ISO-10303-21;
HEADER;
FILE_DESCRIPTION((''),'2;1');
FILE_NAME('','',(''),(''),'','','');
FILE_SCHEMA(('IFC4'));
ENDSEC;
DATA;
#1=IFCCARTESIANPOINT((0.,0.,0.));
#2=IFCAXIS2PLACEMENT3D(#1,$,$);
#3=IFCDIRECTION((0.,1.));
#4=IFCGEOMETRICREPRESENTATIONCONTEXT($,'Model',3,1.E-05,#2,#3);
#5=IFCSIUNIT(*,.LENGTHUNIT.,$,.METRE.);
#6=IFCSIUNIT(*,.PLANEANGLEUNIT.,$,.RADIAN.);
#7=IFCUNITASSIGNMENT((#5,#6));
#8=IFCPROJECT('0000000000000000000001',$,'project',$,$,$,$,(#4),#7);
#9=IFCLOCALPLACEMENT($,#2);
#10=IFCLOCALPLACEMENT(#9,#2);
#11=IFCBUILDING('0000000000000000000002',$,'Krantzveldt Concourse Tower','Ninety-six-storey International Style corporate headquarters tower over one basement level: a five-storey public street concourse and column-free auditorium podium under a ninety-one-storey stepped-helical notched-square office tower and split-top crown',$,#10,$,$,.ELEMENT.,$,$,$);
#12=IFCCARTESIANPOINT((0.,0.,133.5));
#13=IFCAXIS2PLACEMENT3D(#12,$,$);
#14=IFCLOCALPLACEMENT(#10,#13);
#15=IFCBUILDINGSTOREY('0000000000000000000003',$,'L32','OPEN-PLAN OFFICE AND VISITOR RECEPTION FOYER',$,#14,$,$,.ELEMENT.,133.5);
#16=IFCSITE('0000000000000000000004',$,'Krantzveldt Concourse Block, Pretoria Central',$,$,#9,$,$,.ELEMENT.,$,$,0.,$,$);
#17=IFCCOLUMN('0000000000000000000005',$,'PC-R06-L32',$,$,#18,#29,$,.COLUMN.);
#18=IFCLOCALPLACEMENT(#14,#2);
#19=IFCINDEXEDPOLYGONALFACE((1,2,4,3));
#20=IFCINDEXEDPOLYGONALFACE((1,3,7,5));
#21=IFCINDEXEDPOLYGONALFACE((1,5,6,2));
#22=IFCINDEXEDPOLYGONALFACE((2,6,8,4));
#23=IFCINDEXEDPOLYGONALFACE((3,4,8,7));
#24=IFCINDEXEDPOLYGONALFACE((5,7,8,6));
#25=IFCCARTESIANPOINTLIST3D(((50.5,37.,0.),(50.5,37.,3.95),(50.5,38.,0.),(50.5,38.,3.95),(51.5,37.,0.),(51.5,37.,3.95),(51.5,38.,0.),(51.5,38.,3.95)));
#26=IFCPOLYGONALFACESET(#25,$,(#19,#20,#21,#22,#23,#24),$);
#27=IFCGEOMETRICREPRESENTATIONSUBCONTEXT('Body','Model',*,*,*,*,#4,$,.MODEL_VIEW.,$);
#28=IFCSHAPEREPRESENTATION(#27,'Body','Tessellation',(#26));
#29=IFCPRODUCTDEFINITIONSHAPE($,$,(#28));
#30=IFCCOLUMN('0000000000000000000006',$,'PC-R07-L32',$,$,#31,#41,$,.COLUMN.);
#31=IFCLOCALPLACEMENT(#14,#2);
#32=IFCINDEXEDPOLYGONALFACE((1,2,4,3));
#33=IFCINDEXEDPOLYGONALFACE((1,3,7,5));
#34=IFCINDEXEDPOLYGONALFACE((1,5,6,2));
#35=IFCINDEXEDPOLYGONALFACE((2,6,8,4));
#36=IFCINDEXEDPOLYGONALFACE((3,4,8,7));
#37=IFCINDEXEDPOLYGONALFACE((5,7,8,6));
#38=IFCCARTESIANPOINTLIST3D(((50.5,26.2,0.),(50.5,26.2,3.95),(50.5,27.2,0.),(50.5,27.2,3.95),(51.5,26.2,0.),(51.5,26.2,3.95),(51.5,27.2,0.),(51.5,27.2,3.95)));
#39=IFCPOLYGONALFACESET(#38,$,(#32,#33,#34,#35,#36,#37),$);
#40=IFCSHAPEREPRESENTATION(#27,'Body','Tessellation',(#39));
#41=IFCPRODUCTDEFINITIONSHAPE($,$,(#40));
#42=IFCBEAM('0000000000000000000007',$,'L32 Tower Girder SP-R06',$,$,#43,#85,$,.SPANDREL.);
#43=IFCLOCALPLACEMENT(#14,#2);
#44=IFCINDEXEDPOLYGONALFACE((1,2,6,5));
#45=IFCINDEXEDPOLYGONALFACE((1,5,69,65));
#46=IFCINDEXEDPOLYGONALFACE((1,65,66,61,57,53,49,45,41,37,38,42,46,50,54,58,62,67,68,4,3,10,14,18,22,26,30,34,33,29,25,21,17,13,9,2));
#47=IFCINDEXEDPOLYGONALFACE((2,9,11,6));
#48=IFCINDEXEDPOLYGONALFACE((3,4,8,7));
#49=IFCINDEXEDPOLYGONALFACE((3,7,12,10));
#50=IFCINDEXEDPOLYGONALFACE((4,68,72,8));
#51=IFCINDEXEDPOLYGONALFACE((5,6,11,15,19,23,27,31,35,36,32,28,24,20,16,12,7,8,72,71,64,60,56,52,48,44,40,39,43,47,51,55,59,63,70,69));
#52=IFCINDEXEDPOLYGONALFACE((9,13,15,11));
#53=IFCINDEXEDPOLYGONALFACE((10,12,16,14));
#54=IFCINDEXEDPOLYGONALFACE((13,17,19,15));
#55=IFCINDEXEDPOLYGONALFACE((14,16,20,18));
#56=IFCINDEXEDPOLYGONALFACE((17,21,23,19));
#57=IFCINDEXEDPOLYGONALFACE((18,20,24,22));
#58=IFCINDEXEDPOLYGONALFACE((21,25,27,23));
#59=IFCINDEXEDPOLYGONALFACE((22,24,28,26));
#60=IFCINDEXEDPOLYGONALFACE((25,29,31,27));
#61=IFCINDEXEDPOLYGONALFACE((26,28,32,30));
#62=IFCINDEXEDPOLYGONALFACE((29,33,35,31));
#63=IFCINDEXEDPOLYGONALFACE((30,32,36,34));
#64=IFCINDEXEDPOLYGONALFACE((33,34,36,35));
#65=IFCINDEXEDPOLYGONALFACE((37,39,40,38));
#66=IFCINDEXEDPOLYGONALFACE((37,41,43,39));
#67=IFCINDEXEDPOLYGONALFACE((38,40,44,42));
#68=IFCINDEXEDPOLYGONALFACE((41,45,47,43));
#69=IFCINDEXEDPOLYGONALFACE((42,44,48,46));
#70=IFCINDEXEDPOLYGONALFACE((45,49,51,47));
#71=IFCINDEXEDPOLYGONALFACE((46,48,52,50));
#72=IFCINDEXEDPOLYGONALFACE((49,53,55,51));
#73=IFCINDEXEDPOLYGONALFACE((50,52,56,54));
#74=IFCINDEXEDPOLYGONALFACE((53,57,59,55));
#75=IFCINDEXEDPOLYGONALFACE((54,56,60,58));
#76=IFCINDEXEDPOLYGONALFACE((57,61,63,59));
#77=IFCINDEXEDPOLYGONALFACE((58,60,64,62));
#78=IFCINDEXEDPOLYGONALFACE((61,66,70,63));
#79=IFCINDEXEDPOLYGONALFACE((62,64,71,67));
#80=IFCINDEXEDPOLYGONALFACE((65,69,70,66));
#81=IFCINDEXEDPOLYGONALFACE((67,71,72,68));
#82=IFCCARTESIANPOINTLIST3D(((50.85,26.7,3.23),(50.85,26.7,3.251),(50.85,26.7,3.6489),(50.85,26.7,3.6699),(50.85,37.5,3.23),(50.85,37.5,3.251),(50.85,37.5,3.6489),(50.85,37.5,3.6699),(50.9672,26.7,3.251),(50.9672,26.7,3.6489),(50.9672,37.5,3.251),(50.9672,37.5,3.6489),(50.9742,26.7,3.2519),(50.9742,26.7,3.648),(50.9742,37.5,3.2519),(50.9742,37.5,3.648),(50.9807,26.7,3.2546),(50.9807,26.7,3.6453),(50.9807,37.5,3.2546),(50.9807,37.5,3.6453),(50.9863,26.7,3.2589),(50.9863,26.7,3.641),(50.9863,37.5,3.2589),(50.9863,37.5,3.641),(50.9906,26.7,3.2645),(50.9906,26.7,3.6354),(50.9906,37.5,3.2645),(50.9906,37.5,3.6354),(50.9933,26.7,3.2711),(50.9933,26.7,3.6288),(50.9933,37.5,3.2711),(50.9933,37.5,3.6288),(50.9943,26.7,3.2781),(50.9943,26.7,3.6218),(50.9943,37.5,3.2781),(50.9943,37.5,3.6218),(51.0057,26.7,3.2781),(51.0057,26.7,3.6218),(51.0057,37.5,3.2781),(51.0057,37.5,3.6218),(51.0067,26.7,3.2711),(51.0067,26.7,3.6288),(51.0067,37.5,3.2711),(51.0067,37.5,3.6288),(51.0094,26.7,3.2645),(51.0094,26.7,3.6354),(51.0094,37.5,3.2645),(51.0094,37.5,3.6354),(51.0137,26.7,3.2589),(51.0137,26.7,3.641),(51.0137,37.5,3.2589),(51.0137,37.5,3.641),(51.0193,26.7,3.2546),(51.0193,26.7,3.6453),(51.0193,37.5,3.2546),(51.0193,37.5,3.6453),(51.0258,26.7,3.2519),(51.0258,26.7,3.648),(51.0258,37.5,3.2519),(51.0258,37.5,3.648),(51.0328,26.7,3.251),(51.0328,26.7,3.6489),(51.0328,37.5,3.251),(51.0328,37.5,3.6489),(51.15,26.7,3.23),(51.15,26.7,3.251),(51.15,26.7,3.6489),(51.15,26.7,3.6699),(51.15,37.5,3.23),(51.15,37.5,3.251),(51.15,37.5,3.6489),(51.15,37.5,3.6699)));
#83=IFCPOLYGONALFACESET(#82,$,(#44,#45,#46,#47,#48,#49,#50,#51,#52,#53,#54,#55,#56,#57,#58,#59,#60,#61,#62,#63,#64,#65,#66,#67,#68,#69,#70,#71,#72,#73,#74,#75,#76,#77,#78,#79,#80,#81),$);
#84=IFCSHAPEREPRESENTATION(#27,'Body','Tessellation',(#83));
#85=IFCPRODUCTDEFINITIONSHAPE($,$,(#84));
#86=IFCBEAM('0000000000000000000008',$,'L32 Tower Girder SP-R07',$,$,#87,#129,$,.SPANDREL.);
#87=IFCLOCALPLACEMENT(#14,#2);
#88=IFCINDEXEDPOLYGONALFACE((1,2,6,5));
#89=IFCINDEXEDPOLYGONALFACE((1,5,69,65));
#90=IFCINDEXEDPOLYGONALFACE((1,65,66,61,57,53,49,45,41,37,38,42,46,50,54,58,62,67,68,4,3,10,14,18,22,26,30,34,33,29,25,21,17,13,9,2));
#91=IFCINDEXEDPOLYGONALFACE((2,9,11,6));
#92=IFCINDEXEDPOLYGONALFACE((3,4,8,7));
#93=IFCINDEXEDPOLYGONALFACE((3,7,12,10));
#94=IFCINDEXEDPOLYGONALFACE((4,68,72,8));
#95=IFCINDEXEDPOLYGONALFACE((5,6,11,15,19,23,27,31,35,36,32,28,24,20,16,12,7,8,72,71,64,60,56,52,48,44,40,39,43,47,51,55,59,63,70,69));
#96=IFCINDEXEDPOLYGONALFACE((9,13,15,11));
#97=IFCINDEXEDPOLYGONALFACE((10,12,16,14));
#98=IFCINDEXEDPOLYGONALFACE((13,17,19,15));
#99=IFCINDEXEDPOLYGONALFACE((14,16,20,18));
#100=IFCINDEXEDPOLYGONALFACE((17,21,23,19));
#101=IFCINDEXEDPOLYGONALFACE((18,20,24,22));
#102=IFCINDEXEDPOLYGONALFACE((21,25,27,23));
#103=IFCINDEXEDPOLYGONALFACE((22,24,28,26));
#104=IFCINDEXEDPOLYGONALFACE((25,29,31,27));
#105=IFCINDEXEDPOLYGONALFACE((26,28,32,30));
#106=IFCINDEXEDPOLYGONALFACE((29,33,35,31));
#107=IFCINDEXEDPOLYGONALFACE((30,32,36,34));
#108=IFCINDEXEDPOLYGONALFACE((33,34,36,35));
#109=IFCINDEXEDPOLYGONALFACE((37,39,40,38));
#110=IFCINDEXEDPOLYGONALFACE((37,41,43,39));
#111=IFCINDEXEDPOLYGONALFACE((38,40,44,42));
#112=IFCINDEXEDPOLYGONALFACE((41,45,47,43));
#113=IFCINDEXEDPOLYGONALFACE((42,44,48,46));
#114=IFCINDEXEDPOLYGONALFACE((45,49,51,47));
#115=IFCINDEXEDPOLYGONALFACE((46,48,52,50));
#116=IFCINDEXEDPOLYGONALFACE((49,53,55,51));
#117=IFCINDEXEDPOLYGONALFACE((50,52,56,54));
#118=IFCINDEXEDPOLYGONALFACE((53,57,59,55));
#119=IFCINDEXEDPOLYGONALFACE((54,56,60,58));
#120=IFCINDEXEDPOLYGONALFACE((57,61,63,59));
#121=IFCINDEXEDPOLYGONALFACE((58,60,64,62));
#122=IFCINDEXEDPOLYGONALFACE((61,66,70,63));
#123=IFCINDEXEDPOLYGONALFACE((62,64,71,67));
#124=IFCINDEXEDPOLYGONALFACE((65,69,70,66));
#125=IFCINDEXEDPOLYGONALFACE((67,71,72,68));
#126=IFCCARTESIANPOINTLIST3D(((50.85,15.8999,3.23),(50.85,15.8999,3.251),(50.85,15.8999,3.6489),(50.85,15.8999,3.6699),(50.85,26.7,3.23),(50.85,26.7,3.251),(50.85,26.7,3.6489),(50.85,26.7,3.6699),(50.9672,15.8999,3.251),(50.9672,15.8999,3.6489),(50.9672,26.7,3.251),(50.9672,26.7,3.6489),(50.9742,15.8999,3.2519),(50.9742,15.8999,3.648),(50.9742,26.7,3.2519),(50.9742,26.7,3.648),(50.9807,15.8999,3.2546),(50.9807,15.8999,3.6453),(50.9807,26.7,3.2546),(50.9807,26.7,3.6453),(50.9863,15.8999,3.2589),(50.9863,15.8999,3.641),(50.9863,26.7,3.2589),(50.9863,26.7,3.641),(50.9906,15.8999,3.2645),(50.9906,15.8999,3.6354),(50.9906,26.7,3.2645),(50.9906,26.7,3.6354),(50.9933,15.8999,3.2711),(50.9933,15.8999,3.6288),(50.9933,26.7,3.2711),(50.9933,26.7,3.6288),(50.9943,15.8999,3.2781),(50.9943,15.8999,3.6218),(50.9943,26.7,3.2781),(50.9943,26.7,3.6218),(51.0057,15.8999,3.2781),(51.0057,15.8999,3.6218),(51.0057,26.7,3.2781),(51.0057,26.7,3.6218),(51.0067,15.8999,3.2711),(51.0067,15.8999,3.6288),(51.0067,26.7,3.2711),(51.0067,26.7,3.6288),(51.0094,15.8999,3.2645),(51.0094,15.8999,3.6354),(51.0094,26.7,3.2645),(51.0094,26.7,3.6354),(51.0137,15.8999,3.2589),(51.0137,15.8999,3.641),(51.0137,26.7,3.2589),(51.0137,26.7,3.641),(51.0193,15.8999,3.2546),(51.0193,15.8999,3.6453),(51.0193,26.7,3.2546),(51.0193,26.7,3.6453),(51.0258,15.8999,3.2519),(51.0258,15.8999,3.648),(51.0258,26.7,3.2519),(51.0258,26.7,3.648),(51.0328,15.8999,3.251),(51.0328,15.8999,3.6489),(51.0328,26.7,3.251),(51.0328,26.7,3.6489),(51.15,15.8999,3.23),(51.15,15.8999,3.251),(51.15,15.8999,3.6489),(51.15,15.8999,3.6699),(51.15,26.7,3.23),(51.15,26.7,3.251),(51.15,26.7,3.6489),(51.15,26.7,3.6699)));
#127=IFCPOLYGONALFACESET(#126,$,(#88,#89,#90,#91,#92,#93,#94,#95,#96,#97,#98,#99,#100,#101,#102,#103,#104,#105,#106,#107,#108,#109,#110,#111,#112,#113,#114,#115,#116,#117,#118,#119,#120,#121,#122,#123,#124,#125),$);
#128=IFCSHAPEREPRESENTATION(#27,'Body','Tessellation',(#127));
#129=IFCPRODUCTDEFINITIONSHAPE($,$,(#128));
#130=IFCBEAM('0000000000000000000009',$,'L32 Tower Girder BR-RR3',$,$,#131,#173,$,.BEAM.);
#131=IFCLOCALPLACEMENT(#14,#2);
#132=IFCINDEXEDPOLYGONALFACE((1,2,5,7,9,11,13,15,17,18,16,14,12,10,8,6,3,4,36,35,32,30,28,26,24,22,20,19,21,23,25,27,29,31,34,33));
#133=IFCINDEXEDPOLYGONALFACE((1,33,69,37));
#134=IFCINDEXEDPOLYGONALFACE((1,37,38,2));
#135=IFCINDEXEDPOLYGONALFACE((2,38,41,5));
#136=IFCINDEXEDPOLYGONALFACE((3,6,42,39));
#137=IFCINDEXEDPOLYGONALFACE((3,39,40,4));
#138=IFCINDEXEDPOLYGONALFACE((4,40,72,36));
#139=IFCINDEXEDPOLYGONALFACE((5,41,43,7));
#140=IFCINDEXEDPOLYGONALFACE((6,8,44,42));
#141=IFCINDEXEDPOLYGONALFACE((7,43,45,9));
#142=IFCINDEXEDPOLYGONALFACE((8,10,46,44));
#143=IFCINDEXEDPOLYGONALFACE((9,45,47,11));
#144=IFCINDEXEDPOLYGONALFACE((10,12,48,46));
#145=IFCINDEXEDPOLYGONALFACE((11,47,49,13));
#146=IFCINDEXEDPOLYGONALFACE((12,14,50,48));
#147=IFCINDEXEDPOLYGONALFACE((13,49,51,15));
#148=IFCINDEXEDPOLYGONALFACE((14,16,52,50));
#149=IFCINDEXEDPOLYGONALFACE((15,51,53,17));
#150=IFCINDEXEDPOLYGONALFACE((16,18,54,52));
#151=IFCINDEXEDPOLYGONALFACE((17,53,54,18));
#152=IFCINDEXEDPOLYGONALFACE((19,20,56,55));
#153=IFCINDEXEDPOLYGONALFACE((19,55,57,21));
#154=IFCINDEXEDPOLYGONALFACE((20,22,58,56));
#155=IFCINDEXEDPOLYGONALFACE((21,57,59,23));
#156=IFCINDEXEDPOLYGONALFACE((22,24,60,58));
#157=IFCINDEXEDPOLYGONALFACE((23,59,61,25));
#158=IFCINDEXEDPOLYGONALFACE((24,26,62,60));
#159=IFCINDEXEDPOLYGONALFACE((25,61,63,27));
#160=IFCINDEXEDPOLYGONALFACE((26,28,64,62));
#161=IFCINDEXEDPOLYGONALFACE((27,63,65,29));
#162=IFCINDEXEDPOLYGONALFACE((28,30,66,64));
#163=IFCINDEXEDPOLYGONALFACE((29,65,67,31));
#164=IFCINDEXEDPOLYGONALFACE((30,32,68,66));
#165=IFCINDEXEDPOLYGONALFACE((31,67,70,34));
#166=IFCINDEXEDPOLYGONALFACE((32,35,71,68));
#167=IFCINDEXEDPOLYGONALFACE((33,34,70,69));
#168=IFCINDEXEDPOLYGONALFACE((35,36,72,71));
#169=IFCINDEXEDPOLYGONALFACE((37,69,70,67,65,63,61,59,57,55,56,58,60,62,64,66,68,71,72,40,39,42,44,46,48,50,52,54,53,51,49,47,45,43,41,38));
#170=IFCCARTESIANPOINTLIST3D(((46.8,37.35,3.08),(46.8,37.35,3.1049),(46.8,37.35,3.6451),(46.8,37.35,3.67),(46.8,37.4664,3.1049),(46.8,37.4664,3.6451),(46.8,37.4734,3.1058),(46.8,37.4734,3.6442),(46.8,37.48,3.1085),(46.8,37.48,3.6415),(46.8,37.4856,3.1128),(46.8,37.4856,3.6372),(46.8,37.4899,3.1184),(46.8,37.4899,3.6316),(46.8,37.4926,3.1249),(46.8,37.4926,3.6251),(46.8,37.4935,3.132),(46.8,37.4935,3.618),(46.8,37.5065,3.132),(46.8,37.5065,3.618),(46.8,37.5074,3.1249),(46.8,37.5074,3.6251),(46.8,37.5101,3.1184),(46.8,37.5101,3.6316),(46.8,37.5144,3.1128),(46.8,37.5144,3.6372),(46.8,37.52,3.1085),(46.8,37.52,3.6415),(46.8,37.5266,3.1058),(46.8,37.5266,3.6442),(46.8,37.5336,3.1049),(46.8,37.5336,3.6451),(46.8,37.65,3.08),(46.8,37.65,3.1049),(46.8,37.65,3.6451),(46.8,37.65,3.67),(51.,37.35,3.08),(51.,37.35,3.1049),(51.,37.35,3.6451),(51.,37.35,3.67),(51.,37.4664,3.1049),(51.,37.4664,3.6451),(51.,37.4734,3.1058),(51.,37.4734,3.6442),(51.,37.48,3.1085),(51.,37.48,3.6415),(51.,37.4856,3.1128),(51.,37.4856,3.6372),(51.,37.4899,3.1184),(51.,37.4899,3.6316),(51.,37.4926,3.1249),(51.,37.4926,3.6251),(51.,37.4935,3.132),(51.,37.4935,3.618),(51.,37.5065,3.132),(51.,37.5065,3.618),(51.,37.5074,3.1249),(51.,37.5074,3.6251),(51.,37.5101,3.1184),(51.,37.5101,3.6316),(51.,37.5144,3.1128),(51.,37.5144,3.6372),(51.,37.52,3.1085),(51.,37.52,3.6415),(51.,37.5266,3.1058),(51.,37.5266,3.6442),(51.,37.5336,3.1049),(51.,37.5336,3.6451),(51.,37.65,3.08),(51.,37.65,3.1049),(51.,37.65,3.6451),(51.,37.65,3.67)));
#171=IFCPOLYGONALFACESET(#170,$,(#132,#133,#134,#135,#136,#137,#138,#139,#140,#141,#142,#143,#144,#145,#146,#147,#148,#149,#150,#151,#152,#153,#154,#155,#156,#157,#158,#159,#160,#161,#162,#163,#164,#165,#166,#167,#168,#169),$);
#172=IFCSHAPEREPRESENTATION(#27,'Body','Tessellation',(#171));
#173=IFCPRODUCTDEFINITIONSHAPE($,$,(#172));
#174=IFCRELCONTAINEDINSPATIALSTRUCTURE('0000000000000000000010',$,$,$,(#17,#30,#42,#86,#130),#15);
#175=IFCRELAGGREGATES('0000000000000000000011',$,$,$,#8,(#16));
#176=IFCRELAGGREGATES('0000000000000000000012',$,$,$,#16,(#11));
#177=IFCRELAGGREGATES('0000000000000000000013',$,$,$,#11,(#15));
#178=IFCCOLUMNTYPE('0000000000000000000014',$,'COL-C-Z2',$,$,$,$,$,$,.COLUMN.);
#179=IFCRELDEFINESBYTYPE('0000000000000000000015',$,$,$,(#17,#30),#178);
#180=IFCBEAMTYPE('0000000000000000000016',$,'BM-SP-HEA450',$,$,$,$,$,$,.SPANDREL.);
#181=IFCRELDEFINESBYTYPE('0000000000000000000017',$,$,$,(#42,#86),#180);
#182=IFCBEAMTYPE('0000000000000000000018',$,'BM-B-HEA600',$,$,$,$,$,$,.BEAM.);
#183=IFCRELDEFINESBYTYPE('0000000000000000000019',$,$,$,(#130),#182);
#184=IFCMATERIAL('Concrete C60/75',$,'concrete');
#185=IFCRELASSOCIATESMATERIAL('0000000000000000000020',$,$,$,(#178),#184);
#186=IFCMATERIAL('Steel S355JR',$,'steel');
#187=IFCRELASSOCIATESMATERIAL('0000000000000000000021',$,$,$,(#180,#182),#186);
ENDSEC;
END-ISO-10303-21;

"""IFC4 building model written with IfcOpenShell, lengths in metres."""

from ifc_helpers import new_model, si_unit, direction, frame, origin, origin_2d, place, context, subcontext, project, spatial, rectangle, i_section, extrude, source, transform, mapped, material, material_profile, profile_set, type_object, type_shapes, element, save


model = new_model("IFC4")

# Units and contexts
model_context = context("Model", 3, precision=1e-05, world=origin(), true_north=direction((0.0, 1.0)))
body_context = subcontext(model_context, "Body", "Model", "MODEL_VIEW")
ifc_project = project(units=[si_unit("LENGTHUNIT", "METRE"), si_unit("PLANEANGLEUNIT", "RADIAN")], contexts=[model_context])

# Site, building, storey
site_placement = place(None, origin())
site = spatial("IfcSite", under=ifc_project, at=site_placement, Name="Krantzveldt Concourse Block, Pretoria Central", CompositionType="ELEMENT", RefElevation=0.0)
building_placement = place(site_placement, origin())
building = spatial("IfcBuilding", under=site, at=building_placement, Name="Krantzveldt Concourse Tower", Description="Ninety-six-storey International Style corporate headquarters tower over one basement level: a five-storey public street concourse and column-free auditorium podium under a ninety-one-storey stepped-helical notched-square office tower and split-top crown", CompositionType="ELEMENT")
storey_placement = place(building_placement, frame((0.0, 0.0, 133.5)))
storey = spatial("IfcBuildingStorey", under=building, at=storey_placement, Name="L32", Description="OPEN-PLAN OFFICE AND VISITOR RECEPTION FOYER", CompositionType="ELEMENT", Elevation=133.5)

# Columns
ifc_material_1 = material(Name="Concrete C60/75", Category="concrete")
ifc_material_profile_1 = material_profile(ifc_material_1, rectangle(XDim=1.0, YDim=1.0, at=origin_2d()), Name="Concrete C60/75", Category="concrete")
ifc_profile_set_1 = profile_set([ifc_material_profile_1], Name="Concrete C60/75 - RC 1000x1000")
column_type = type_object("IfcColumnType", Name="COL-C-Z2", PredefinedType="COLUMN", material=ifc_profile_set_1)
shared_shape_1 = source(origin(), body_context, "Body", "SweptSolid", [
    extrude(rectangle(XDim=1.0, YDim=1.0, at=origin_2d()), origin(), (0.0, 0.0, 1.0), 3.95),
])
type_shapes(column_type, [shared_shape_1])
for number, where, z_axis, x_axis, name in (
    (1, (51.0, 37.5, 0.0), (0.0, 0.0, 1.0), (1.0, 0.0, 0.0), "PC-R06-L32"),
    (2, (51.0, 26.7, 0.0), (0.0, 0.0, 1.0), (1.0, 0.0, 0.0), "PC-R07-L32"),
):
    element("IfcColumn", number, at=place(storey_placement, frame(where, z_axis=z_axis, x_axis=x_axis)), inside=storey, type_object=column_type, Name=name, PredefinedType="COLUMN", context=body_context, shape_type="MappedRepresentation", body=[
        mapped(shared_shape_1, transform((0.0, 0.0, 0.0), x_axis=(1.0, 0.0, 0.0), y_axis=(0.0, 1.0, 0.0), z_axis=(0.0, 0.0, 1.0), scale=1.0)),
    ])

# Beams
ifc_material_2 = material(Name="Steel S355JR", Category="steel")
ifc_material_profile_2 = material_profile(ifc_material_2, i_section(OverallWidth=0.3, OverallDepth=0.4399, WebThickness=0.0115, FlangeThickness=0.021, FilletRadius=0.0271, at=origin_2d()), Name="Steel S355JR", Category="steel")
ifc_profile_set_2 = profile_set([ifc_material_profile_2], Name="Steel S355JR - HEA 450")
beam_type_1 = type_object("IfcBeamType", Name="BM-SP-HEA450", PredefinedType="SPANDREL", material=ifc_profile_set_2)
shared_shape_2 = source(origin(), body_context, "Body", "SweptSolid", [
    extrude(i_section(OverallWidth=0.3, OverallDepth=0.4399, WebThickness=0.0115, FlangeThickness=0.021, FilletRadius=0.0271, at=origin_2d()), origin(), (0.0, 0.0, 1.0), 10.8),
])
type_shapes(beam_type_1, [shared_shape_2])
for number, where, z_axis, x_axis, name in (
    (3, (51.0, 37.5, 3.45), (0.0, -1.0, 0.0), (1.0, 0.0, 0.0), "L32 Tower Girder SP-R06"),
    (4, (51.0, 26.7, 3.45), (0.0, -1.0, 0.0), (1.0, 0.0, 0.0), "L32 Tower Girder SP-R07"),
):
    element("IfcBeam", number, at=place(storey_placement, frame(where, z_axis=z_axis, x_axis=x_axis)), inside=storey, type_object=beam_type_1, Name=name, PredefinedType="SPANDREL", context=body_context, shape_type="MappedRepresentation", body=[
        mapped(shared_shape_2, transform((0.0, 0.0, 0.0), x_axis=(1.0, 0.0, 0.0), y_axis=(0.0, 1.0, 0.0), z_axis=(0.0, 0.0, 1.0), scale=1.0)),
    ])
ifc_material_profile_3 = material_profile(ifc_material_2, i_section(OverallWidth=0.3, OverallDepth=0.5901, WebThickness=0.0129, FlangeThickness=0.0249, FilletRadius=0.0271, at=origin_2d()), Name="Steel S355JR", Category="steel")
ifc_profile_set_3 = profile_set([ifc_material_profile_3], Name="Steel S355JR - HEA 600")
beam_type_2 = type_object("IfcBeamType", Name="BM-B-HEA600", PredefinedType="BEAM", material=ifc_profile_set_3)
shared_shape_3 = source(origin(), body_context, "Body", "SweptSolid", [
    extrude(i_section(OverallWidth=0.3, OverallDepth=0.5901, WebThickness=0.0129, FlangeThickness=0.0249, FilletRadius=0.0271, at=origin_2d()), origin(), (0.0, 0.0, 1.0), 4.2),
])
beam_1_placement = place(storey_placement, frame((46.8, 37.5, 3.375), z_axis=(1.0, 0.0, 0.0), x_axis=(0.0, 1.0, 0.0)))
element("IfcBeam", 5, at=beam_1_placement, inside=storey, type_object=beam_type_2, Name="L32 Tower Girder BR-RR3", PredefinedType="BEAM", context=body_context, shape_type="MappedRepresentation", body=[
    mapped(shared_shape_3, transform((0.0, 0.0, 0.0), x_axis=(1.0, 0.0, 0.0), y_axis=(0.0, 1.0, 0.0), z_axis=(0.0, 0.0, 1.0), scale=1.0)),
])

save(model, "model.ifc")
